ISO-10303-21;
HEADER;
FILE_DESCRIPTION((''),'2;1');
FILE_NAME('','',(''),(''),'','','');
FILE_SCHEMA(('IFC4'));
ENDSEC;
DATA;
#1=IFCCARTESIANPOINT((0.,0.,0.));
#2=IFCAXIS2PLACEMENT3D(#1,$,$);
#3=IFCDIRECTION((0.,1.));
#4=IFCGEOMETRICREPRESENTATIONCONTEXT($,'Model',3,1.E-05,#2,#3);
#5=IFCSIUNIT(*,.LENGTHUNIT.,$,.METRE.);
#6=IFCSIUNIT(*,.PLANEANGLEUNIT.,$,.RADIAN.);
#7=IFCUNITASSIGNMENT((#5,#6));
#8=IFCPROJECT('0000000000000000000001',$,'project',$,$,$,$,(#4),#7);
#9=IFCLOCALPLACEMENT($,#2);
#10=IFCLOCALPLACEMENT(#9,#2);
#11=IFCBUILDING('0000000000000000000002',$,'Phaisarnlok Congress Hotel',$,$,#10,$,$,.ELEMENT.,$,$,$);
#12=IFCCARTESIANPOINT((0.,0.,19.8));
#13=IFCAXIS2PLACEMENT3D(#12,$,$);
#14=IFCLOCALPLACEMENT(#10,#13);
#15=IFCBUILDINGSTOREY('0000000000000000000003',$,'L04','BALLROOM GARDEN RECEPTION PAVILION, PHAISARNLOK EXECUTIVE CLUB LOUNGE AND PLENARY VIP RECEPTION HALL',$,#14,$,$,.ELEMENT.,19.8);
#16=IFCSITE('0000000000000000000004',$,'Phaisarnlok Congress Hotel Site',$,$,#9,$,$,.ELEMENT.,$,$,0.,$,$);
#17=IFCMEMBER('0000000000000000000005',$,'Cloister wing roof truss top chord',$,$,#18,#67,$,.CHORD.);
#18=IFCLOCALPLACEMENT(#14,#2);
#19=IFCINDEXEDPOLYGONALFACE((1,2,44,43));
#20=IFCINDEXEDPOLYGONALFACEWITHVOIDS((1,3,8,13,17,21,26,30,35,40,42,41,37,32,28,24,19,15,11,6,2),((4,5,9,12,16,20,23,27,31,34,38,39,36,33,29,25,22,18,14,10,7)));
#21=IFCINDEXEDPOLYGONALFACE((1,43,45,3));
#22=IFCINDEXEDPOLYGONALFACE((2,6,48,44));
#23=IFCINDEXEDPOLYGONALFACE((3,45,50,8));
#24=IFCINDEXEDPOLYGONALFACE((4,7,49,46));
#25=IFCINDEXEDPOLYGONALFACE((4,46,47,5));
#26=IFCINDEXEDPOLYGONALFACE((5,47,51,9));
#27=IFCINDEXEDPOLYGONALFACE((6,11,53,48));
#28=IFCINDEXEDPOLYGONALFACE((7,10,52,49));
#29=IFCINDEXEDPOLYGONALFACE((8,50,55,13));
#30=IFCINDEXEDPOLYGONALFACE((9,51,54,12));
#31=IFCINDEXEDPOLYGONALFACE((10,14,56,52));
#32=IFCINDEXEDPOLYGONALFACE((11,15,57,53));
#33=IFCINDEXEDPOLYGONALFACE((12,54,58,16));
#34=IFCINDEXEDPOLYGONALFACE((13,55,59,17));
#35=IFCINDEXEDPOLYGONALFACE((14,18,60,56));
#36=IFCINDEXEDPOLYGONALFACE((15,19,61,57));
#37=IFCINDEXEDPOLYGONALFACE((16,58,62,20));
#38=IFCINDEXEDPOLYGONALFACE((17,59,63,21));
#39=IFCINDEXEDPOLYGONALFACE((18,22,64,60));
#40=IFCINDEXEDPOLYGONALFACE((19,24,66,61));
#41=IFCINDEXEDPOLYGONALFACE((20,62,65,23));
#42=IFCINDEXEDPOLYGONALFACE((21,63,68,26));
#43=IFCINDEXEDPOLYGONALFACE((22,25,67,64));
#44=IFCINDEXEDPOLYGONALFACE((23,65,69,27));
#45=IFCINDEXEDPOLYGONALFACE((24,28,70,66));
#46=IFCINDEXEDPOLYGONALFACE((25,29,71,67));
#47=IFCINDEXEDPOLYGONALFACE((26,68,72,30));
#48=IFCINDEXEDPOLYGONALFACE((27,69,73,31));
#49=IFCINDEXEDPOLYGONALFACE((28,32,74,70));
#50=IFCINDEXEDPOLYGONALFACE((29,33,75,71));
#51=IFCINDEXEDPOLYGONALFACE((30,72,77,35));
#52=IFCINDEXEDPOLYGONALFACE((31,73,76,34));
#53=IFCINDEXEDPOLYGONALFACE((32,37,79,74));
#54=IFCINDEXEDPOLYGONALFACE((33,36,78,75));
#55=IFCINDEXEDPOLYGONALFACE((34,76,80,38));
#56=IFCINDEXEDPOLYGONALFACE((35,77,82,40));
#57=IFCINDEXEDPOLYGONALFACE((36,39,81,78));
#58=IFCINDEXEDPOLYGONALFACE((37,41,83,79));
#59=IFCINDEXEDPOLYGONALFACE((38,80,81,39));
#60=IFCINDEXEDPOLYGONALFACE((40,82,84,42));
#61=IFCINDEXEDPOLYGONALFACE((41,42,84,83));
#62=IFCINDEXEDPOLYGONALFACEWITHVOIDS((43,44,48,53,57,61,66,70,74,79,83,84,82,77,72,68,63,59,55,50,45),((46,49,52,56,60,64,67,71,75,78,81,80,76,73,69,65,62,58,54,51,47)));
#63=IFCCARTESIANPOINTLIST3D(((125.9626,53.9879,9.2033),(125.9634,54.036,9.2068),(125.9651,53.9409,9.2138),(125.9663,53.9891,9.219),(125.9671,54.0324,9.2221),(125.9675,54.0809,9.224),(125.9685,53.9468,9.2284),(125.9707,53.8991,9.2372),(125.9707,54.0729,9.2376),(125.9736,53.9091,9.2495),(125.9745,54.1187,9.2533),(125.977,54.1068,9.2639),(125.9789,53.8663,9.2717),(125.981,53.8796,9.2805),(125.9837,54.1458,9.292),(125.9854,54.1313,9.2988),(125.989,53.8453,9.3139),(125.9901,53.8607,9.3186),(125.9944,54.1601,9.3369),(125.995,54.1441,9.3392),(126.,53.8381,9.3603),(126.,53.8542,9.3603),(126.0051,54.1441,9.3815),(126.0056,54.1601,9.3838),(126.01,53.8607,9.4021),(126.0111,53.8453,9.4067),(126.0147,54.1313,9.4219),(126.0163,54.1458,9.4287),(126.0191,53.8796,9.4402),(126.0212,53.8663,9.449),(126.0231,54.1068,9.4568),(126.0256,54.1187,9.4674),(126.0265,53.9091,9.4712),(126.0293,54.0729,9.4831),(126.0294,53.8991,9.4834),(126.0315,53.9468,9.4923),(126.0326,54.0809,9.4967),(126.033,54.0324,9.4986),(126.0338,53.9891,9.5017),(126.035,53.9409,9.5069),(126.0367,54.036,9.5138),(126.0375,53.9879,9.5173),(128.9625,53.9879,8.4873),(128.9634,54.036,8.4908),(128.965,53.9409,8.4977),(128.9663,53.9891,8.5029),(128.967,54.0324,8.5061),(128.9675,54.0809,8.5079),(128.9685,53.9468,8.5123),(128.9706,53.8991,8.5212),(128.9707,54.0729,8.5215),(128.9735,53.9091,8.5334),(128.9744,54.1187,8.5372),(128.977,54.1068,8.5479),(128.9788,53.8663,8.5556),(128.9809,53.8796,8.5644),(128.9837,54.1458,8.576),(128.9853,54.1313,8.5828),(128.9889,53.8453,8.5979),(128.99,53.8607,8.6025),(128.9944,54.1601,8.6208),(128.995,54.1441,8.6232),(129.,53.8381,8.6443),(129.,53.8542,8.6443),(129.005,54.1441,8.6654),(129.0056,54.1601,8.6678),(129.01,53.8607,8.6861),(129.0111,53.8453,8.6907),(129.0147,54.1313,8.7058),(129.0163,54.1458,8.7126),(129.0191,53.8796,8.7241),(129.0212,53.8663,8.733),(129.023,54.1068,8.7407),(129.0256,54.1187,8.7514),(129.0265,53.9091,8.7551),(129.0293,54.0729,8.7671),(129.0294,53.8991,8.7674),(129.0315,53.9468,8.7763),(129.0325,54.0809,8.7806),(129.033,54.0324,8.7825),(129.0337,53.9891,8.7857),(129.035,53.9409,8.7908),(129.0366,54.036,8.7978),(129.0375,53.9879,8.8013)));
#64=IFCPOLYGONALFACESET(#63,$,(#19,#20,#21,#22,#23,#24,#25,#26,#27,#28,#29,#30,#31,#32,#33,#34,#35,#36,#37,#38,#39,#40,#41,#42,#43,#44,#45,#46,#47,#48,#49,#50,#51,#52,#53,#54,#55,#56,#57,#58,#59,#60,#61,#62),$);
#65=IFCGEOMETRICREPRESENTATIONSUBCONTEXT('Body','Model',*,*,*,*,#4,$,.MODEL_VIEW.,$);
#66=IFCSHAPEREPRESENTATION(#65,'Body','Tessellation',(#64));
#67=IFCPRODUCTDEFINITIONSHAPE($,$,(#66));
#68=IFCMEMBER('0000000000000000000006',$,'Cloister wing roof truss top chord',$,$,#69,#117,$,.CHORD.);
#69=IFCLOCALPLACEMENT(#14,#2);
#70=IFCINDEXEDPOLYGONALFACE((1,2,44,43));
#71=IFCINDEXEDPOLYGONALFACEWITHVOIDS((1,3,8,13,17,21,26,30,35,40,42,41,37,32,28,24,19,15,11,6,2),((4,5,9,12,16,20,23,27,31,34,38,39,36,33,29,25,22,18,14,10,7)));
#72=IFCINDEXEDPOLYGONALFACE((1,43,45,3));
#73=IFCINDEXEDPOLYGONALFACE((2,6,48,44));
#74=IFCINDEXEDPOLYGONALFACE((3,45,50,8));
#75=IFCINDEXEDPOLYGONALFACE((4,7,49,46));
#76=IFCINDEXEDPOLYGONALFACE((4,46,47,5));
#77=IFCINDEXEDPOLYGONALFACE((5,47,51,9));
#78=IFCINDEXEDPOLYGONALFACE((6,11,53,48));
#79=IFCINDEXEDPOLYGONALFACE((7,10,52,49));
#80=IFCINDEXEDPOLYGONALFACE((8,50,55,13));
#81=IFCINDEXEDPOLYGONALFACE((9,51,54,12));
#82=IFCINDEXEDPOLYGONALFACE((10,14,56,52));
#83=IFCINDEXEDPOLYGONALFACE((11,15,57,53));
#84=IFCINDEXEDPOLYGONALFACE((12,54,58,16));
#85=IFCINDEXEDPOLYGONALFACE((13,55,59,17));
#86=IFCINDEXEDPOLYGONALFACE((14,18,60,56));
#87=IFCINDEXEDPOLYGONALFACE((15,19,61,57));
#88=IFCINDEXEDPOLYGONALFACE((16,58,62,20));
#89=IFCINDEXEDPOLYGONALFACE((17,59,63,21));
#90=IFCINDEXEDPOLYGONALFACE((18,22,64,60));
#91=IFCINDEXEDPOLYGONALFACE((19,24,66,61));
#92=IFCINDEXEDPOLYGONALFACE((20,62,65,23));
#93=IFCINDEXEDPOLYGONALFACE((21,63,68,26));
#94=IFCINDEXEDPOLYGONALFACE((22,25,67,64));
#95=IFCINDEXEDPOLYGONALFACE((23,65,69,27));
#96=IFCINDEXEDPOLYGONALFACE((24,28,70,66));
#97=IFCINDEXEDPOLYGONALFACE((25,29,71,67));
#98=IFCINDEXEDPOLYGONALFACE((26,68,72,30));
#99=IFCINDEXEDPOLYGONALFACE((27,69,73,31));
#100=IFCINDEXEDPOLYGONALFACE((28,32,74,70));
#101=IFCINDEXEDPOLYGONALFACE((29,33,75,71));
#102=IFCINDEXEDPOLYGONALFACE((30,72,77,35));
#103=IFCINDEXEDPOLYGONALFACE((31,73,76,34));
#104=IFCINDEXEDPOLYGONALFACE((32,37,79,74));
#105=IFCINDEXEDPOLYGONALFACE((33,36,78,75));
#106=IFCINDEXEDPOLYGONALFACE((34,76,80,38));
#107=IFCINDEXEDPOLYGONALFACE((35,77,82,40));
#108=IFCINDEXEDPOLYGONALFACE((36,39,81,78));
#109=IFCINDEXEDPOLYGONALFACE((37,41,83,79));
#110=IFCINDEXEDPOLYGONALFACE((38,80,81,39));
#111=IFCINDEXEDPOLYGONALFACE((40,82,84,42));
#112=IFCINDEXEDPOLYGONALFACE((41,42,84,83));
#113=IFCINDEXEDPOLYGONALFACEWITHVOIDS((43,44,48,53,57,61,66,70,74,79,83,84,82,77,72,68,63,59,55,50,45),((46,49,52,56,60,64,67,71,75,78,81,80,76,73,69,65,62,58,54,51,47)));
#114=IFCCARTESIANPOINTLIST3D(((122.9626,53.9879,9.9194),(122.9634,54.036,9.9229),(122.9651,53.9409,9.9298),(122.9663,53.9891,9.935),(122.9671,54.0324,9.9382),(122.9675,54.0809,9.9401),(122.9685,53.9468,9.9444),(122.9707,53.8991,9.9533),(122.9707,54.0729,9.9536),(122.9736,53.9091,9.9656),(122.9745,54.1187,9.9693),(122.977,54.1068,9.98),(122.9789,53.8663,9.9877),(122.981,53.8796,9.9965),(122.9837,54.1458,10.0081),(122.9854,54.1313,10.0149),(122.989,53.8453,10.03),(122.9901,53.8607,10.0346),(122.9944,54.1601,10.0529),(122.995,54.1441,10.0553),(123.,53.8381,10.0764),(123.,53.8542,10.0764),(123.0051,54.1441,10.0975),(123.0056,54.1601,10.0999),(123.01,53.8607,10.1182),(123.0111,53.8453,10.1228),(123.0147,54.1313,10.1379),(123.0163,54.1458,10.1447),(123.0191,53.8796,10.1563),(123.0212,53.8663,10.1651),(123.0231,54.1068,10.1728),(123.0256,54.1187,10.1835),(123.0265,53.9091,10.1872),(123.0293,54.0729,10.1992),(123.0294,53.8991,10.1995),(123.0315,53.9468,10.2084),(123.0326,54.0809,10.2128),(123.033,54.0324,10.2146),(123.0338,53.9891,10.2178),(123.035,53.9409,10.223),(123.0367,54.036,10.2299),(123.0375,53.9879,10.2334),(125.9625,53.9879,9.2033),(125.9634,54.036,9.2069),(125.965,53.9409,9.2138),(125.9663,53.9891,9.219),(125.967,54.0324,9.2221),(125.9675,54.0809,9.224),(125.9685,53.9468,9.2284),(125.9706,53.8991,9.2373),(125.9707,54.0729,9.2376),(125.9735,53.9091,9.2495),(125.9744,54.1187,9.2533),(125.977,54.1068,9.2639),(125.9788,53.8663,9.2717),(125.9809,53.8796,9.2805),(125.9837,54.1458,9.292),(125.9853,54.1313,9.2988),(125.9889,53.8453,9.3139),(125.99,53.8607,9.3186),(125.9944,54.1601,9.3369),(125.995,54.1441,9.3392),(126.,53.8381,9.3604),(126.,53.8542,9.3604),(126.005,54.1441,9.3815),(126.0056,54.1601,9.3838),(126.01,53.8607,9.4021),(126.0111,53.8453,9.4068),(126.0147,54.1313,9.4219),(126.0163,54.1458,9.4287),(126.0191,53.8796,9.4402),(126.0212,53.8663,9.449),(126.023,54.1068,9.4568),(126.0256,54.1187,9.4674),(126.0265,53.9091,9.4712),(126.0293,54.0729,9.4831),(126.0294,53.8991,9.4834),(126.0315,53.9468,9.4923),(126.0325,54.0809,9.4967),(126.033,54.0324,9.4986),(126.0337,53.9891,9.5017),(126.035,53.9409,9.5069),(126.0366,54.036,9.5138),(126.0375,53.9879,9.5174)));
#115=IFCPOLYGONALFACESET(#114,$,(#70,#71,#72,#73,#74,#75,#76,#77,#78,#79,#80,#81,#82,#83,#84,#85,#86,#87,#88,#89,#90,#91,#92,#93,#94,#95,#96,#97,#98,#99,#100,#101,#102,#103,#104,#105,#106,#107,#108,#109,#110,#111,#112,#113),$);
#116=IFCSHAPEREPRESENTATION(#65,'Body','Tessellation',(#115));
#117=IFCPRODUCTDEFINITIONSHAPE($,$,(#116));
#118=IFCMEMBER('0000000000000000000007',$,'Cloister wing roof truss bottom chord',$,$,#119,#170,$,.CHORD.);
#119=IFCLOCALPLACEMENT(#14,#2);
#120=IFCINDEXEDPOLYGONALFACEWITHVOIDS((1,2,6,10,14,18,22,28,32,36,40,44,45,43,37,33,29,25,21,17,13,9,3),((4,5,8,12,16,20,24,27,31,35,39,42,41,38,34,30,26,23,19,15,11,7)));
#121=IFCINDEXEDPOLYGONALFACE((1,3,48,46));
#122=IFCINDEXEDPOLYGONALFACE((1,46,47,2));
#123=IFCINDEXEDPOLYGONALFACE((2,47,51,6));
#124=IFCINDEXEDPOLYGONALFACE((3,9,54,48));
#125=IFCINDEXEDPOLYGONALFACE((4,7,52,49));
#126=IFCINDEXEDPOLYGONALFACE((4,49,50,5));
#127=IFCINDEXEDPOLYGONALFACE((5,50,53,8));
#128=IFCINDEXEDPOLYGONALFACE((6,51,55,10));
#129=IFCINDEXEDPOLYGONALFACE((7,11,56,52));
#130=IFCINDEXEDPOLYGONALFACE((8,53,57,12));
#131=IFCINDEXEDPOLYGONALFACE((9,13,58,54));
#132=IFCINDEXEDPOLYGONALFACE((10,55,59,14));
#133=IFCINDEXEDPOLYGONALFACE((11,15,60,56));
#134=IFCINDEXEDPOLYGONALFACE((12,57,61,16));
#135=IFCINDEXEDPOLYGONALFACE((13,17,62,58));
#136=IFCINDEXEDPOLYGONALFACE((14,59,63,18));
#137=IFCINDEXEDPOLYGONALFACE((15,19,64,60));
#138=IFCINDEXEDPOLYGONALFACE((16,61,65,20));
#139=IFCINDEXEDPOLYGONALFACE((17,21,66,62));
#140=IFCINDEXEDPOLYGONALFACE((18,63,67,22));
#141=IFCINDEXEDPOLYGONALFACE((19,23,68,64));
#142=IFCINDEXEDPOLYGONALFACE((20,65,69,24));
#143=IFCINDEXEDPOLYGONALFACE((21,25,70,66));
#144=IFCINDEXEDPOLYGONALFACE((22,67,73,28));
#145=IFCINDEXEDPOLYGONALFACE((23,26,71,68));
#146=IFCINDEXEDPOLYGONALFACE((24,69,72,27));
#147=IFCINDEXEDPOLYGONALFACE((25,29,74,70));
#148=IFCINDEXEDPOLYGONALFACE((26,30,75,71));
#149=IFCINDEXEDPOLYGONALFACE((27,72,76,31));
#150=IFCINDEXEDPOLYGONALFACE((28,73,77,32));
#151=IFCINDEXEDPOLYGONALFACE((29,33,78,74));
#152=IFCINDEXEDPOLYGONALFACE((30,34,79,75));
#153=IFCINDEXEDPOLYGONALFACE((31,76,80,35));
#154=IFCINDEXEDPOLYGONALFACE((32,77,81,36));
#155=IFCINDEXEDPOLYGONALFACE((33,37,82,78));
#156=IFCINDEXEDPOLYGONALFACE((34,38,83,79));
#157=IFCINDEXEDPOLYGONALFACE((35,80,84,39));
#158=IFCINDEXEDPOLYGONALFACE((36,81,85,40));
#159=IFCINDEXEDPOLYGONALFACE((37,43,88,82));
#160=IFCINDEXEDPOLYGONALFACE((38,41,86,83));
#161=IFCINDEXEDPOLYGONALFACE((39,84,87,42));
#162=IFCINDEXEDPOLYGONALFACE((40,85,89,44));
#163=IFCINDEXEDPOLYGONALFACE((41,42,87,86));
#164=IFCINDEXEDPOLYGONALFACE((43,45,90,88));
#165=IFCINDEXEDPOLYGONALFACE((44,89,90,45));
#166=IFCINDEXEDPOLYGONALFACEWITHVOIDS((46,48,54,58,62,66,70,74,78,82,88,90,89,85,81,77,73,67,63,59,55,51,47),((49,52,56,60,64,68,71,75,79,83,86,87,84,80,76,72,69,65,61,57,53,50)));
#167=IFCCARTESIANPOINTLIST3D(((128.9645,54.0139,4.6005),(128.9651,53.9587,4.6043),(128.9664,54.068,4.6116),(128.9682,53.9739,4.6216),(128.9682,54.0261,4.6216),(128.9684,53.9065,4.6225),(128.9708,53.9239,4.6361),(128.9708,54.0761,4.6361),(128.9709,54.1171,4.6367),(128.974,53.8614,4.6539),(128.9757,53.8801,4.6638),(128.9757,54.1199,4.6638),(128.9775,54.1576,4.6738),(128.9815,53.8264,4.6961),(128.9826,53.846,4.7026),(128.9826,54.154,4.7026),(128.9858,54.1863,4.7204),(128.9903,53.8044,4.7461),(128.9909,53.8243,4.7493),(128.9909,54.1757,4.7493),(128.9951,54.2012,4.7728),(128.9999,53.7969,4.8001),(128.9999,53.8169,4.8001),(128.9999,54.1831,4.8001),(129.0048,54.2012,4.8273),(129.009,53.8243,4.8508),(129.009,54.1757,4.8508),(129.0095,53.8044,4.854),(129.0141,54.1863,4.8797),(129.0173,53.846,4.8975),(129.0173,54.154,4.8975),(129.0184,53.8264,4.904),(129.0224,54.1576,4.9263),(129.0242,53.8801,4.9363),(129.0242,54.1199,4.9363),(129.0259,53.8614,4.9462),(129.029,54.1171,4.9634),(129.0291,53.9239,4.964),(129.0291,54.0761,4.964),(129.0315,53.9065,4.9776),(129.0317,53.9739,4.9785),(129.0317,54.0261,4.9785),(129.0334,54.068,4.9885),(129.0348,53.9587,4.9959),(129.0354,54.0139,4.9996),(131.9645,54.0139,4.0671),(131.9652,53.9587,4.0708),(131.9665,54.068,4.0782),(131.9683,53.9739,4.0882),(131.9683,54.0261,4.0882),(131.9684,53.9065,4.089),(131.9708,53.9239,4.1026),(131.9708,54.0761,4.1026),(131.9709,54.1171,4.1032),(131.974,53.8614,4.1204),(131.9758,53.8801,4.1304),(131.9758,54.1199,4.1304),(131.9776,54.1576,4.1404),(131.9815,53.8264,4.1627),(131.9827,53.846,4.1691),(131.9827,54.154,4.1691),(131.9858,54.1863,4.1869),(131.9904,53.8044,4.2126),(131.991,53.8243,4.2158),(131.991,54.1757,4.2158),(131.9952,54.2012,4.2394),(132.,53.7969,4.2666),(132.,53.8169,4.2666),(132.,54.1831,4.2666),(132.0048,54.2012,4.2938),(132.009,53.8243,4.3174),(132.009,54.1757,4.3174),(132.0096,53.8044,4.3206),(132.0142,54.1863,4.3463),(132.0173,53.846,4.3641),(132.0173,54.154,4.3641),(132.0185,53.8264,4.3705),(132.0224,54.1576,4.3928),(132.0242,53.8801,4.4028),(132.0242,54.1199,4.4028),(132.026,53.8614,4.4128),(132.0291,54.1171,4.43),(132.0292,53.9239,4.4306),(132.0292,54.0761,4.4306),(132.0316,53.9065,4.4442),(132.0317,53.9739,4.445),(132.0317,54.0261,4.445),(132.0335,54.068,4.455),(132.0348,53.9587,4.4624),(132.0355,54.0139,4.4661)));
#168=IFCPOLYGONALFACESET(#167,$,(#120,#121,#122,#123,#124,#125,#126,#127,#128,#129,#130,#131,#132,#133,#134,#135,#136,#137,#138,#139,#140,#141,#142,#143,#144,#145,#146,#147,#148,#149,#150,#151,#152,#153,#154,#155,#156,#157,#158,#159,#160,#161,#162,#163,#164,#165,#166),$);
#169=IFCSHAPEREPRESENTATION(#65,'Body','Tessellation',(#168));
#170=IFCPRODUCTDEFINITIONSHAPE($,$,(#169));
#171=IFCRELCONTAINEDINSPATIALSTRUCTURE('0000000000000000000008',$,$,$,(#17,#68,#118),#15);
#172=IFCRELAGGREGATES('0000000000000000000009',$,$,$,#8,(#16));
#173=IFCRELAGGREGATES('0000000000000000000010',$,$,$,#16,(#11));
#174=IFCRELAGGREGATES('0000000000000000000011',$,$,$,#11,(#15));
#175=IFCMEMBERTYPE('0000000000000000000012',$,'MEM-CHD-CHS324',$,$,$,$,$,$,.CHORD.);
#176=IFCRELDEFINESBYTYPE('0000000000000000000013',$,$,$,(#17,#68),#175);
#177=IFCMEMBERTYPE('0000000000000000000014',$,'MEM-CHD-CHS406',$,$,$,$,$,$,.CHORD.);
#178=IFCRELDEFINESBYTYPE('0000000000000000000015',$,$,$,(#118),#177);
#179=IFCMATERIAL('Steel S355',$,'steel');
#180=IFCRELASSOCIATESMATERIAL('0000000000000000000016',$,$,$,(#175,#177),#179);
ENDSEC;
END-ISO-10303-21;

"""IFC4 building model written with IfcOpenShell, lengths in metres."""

from ifc_helpers import new_model, si_unit, direction, frame, origin, origin_2d, place, context, subcontext, project, spatial, hollow_circle, extrude, material, material_profile, profile_set, type_object, element, save


model = new_model("IFC4")

# Units and contexts
model_context = context("Model", 3, precision=1e-05, world=origin(), true_north=direction((0.0, 1.0)))
body_context = subcontext(model_context, "Body", "Model", "MODEL_VIEW")
ifc_project = project(units=[si_unit("LENGTHUNIT", "METRE"), si_unit("PLANEANGLEUNIT", "RADIAN")], contexts=[model_context])

# Site, building, storey
site_placement = place(None, origin())
site = spatial("IfcSite", under=ifc_project, at=site_placement, Name="Phaisarnlok Congress Hotel Site", CompositionType="ELEMENT", RefElevation=0.0)
building_placement = place(site_placement, origin())
building = spatial("IfcBuilding", under=site, at=building_placement, Name="Phaisarnlok Congress Hotel", CompositionType="ELEMENT")
storey_placement = place(building_placement, frame((0.0, 0.0, 19.8)))
storey = spatial("IfcBuildingStorey", under=building, at=storey_placement, Name="L04", Description="BALLROOM GARDEN RECEPTION PAVILION, PHAISARNLOK EXECUTIVE CLUB LOUNGE AND PLENARY VIP RECEPTION HALL", CompositionType="ELEMENT", Elevation=19.8)

# Shared definitions
ifc_material_1 = material(Name="Steel S355", Category="steel")

# Members
ifc_material_profile_1 = material_profile(ifc_material_1, hollow_circle(Radius=0.1619, WallThickness=0.0161, at=origin_2d()), Name="CHS 323.9x16")
ifc_profile_set_1 = profile_set([ifc_material_profile_1], Name="Steel S355")
member_type_1 = type_object("IfcMemberType", Name="MEM-CHD-CHS324", PredefinedType="CHORD", material=ifc_profile_set_1)
for number, where, z_axis, x_axis, name in (
    (1, (129.0, 54.0, 8.6443), (-0.972676, 0.0, 0.232166), (0.0, -1.0, 0.0), "Cloister wing roof truss top chord"),
    (2, (126.0, 54.0, 9.3604), (-0.972676, 0.0, 0.232166), (0.0, -1.0, 0.0), "Cloister wing roof truss top chord"),
):
    element("IfcMember", number, at=place(storey_placement, frame(where, z_axis=z_axis, x_axis=x_axis)), inside=storey, type_object=member_type_1, Name=name, PredefinedType="CHORD", context=body_context, shape_type="SweptSolid", body=[
        extrude(hollow_circle(Radius=0.1619, WallThickness=0.0161, at=origin_2d()), origin(), (0.0, 0.0, 1.0), 3.0842),
    ])
ifc_material_profile_2 = material_profile(ifc_material_1, hollow_circle(Radius=0.2031, WallThickness=0.02, at=origin_2d()), Name="CHS 406.4x20")
ifc_profile_set_2 = profile_set([ifc_material_profile_2], Name="Steel S355")
member_type_2 = type_object("IfcMemberType", Name="MEM-CHD-CHS406", PredefinedType="CHORD", material=ifc_profile_set_2)
for number, where, z_axis, x_axis, name in (
    (3, (132.0, 54.0, 4.2666), (-0.984556, 0.0, 0.17507), (0.0, -1.0, 0.0), "Cloister wing roof truss bottom chord"),
):
    element("IfcMember", number, at=place(storey_placement, frame(where, z_axis=z_axis, x_axis=x_axis)), inside=storey, type_object=member_type_2, Name=name, PredefinedType="CHORD", context=body_context, shape_type="SweptSolid", body=[
        extrude(hollow_circle(Radius=0.2031, WallThickness=0.02, at=origin_2d()), origin(), (0.0, 0.0, 1.0), 3.0471),
    ])

save(model, "model.ifc")
